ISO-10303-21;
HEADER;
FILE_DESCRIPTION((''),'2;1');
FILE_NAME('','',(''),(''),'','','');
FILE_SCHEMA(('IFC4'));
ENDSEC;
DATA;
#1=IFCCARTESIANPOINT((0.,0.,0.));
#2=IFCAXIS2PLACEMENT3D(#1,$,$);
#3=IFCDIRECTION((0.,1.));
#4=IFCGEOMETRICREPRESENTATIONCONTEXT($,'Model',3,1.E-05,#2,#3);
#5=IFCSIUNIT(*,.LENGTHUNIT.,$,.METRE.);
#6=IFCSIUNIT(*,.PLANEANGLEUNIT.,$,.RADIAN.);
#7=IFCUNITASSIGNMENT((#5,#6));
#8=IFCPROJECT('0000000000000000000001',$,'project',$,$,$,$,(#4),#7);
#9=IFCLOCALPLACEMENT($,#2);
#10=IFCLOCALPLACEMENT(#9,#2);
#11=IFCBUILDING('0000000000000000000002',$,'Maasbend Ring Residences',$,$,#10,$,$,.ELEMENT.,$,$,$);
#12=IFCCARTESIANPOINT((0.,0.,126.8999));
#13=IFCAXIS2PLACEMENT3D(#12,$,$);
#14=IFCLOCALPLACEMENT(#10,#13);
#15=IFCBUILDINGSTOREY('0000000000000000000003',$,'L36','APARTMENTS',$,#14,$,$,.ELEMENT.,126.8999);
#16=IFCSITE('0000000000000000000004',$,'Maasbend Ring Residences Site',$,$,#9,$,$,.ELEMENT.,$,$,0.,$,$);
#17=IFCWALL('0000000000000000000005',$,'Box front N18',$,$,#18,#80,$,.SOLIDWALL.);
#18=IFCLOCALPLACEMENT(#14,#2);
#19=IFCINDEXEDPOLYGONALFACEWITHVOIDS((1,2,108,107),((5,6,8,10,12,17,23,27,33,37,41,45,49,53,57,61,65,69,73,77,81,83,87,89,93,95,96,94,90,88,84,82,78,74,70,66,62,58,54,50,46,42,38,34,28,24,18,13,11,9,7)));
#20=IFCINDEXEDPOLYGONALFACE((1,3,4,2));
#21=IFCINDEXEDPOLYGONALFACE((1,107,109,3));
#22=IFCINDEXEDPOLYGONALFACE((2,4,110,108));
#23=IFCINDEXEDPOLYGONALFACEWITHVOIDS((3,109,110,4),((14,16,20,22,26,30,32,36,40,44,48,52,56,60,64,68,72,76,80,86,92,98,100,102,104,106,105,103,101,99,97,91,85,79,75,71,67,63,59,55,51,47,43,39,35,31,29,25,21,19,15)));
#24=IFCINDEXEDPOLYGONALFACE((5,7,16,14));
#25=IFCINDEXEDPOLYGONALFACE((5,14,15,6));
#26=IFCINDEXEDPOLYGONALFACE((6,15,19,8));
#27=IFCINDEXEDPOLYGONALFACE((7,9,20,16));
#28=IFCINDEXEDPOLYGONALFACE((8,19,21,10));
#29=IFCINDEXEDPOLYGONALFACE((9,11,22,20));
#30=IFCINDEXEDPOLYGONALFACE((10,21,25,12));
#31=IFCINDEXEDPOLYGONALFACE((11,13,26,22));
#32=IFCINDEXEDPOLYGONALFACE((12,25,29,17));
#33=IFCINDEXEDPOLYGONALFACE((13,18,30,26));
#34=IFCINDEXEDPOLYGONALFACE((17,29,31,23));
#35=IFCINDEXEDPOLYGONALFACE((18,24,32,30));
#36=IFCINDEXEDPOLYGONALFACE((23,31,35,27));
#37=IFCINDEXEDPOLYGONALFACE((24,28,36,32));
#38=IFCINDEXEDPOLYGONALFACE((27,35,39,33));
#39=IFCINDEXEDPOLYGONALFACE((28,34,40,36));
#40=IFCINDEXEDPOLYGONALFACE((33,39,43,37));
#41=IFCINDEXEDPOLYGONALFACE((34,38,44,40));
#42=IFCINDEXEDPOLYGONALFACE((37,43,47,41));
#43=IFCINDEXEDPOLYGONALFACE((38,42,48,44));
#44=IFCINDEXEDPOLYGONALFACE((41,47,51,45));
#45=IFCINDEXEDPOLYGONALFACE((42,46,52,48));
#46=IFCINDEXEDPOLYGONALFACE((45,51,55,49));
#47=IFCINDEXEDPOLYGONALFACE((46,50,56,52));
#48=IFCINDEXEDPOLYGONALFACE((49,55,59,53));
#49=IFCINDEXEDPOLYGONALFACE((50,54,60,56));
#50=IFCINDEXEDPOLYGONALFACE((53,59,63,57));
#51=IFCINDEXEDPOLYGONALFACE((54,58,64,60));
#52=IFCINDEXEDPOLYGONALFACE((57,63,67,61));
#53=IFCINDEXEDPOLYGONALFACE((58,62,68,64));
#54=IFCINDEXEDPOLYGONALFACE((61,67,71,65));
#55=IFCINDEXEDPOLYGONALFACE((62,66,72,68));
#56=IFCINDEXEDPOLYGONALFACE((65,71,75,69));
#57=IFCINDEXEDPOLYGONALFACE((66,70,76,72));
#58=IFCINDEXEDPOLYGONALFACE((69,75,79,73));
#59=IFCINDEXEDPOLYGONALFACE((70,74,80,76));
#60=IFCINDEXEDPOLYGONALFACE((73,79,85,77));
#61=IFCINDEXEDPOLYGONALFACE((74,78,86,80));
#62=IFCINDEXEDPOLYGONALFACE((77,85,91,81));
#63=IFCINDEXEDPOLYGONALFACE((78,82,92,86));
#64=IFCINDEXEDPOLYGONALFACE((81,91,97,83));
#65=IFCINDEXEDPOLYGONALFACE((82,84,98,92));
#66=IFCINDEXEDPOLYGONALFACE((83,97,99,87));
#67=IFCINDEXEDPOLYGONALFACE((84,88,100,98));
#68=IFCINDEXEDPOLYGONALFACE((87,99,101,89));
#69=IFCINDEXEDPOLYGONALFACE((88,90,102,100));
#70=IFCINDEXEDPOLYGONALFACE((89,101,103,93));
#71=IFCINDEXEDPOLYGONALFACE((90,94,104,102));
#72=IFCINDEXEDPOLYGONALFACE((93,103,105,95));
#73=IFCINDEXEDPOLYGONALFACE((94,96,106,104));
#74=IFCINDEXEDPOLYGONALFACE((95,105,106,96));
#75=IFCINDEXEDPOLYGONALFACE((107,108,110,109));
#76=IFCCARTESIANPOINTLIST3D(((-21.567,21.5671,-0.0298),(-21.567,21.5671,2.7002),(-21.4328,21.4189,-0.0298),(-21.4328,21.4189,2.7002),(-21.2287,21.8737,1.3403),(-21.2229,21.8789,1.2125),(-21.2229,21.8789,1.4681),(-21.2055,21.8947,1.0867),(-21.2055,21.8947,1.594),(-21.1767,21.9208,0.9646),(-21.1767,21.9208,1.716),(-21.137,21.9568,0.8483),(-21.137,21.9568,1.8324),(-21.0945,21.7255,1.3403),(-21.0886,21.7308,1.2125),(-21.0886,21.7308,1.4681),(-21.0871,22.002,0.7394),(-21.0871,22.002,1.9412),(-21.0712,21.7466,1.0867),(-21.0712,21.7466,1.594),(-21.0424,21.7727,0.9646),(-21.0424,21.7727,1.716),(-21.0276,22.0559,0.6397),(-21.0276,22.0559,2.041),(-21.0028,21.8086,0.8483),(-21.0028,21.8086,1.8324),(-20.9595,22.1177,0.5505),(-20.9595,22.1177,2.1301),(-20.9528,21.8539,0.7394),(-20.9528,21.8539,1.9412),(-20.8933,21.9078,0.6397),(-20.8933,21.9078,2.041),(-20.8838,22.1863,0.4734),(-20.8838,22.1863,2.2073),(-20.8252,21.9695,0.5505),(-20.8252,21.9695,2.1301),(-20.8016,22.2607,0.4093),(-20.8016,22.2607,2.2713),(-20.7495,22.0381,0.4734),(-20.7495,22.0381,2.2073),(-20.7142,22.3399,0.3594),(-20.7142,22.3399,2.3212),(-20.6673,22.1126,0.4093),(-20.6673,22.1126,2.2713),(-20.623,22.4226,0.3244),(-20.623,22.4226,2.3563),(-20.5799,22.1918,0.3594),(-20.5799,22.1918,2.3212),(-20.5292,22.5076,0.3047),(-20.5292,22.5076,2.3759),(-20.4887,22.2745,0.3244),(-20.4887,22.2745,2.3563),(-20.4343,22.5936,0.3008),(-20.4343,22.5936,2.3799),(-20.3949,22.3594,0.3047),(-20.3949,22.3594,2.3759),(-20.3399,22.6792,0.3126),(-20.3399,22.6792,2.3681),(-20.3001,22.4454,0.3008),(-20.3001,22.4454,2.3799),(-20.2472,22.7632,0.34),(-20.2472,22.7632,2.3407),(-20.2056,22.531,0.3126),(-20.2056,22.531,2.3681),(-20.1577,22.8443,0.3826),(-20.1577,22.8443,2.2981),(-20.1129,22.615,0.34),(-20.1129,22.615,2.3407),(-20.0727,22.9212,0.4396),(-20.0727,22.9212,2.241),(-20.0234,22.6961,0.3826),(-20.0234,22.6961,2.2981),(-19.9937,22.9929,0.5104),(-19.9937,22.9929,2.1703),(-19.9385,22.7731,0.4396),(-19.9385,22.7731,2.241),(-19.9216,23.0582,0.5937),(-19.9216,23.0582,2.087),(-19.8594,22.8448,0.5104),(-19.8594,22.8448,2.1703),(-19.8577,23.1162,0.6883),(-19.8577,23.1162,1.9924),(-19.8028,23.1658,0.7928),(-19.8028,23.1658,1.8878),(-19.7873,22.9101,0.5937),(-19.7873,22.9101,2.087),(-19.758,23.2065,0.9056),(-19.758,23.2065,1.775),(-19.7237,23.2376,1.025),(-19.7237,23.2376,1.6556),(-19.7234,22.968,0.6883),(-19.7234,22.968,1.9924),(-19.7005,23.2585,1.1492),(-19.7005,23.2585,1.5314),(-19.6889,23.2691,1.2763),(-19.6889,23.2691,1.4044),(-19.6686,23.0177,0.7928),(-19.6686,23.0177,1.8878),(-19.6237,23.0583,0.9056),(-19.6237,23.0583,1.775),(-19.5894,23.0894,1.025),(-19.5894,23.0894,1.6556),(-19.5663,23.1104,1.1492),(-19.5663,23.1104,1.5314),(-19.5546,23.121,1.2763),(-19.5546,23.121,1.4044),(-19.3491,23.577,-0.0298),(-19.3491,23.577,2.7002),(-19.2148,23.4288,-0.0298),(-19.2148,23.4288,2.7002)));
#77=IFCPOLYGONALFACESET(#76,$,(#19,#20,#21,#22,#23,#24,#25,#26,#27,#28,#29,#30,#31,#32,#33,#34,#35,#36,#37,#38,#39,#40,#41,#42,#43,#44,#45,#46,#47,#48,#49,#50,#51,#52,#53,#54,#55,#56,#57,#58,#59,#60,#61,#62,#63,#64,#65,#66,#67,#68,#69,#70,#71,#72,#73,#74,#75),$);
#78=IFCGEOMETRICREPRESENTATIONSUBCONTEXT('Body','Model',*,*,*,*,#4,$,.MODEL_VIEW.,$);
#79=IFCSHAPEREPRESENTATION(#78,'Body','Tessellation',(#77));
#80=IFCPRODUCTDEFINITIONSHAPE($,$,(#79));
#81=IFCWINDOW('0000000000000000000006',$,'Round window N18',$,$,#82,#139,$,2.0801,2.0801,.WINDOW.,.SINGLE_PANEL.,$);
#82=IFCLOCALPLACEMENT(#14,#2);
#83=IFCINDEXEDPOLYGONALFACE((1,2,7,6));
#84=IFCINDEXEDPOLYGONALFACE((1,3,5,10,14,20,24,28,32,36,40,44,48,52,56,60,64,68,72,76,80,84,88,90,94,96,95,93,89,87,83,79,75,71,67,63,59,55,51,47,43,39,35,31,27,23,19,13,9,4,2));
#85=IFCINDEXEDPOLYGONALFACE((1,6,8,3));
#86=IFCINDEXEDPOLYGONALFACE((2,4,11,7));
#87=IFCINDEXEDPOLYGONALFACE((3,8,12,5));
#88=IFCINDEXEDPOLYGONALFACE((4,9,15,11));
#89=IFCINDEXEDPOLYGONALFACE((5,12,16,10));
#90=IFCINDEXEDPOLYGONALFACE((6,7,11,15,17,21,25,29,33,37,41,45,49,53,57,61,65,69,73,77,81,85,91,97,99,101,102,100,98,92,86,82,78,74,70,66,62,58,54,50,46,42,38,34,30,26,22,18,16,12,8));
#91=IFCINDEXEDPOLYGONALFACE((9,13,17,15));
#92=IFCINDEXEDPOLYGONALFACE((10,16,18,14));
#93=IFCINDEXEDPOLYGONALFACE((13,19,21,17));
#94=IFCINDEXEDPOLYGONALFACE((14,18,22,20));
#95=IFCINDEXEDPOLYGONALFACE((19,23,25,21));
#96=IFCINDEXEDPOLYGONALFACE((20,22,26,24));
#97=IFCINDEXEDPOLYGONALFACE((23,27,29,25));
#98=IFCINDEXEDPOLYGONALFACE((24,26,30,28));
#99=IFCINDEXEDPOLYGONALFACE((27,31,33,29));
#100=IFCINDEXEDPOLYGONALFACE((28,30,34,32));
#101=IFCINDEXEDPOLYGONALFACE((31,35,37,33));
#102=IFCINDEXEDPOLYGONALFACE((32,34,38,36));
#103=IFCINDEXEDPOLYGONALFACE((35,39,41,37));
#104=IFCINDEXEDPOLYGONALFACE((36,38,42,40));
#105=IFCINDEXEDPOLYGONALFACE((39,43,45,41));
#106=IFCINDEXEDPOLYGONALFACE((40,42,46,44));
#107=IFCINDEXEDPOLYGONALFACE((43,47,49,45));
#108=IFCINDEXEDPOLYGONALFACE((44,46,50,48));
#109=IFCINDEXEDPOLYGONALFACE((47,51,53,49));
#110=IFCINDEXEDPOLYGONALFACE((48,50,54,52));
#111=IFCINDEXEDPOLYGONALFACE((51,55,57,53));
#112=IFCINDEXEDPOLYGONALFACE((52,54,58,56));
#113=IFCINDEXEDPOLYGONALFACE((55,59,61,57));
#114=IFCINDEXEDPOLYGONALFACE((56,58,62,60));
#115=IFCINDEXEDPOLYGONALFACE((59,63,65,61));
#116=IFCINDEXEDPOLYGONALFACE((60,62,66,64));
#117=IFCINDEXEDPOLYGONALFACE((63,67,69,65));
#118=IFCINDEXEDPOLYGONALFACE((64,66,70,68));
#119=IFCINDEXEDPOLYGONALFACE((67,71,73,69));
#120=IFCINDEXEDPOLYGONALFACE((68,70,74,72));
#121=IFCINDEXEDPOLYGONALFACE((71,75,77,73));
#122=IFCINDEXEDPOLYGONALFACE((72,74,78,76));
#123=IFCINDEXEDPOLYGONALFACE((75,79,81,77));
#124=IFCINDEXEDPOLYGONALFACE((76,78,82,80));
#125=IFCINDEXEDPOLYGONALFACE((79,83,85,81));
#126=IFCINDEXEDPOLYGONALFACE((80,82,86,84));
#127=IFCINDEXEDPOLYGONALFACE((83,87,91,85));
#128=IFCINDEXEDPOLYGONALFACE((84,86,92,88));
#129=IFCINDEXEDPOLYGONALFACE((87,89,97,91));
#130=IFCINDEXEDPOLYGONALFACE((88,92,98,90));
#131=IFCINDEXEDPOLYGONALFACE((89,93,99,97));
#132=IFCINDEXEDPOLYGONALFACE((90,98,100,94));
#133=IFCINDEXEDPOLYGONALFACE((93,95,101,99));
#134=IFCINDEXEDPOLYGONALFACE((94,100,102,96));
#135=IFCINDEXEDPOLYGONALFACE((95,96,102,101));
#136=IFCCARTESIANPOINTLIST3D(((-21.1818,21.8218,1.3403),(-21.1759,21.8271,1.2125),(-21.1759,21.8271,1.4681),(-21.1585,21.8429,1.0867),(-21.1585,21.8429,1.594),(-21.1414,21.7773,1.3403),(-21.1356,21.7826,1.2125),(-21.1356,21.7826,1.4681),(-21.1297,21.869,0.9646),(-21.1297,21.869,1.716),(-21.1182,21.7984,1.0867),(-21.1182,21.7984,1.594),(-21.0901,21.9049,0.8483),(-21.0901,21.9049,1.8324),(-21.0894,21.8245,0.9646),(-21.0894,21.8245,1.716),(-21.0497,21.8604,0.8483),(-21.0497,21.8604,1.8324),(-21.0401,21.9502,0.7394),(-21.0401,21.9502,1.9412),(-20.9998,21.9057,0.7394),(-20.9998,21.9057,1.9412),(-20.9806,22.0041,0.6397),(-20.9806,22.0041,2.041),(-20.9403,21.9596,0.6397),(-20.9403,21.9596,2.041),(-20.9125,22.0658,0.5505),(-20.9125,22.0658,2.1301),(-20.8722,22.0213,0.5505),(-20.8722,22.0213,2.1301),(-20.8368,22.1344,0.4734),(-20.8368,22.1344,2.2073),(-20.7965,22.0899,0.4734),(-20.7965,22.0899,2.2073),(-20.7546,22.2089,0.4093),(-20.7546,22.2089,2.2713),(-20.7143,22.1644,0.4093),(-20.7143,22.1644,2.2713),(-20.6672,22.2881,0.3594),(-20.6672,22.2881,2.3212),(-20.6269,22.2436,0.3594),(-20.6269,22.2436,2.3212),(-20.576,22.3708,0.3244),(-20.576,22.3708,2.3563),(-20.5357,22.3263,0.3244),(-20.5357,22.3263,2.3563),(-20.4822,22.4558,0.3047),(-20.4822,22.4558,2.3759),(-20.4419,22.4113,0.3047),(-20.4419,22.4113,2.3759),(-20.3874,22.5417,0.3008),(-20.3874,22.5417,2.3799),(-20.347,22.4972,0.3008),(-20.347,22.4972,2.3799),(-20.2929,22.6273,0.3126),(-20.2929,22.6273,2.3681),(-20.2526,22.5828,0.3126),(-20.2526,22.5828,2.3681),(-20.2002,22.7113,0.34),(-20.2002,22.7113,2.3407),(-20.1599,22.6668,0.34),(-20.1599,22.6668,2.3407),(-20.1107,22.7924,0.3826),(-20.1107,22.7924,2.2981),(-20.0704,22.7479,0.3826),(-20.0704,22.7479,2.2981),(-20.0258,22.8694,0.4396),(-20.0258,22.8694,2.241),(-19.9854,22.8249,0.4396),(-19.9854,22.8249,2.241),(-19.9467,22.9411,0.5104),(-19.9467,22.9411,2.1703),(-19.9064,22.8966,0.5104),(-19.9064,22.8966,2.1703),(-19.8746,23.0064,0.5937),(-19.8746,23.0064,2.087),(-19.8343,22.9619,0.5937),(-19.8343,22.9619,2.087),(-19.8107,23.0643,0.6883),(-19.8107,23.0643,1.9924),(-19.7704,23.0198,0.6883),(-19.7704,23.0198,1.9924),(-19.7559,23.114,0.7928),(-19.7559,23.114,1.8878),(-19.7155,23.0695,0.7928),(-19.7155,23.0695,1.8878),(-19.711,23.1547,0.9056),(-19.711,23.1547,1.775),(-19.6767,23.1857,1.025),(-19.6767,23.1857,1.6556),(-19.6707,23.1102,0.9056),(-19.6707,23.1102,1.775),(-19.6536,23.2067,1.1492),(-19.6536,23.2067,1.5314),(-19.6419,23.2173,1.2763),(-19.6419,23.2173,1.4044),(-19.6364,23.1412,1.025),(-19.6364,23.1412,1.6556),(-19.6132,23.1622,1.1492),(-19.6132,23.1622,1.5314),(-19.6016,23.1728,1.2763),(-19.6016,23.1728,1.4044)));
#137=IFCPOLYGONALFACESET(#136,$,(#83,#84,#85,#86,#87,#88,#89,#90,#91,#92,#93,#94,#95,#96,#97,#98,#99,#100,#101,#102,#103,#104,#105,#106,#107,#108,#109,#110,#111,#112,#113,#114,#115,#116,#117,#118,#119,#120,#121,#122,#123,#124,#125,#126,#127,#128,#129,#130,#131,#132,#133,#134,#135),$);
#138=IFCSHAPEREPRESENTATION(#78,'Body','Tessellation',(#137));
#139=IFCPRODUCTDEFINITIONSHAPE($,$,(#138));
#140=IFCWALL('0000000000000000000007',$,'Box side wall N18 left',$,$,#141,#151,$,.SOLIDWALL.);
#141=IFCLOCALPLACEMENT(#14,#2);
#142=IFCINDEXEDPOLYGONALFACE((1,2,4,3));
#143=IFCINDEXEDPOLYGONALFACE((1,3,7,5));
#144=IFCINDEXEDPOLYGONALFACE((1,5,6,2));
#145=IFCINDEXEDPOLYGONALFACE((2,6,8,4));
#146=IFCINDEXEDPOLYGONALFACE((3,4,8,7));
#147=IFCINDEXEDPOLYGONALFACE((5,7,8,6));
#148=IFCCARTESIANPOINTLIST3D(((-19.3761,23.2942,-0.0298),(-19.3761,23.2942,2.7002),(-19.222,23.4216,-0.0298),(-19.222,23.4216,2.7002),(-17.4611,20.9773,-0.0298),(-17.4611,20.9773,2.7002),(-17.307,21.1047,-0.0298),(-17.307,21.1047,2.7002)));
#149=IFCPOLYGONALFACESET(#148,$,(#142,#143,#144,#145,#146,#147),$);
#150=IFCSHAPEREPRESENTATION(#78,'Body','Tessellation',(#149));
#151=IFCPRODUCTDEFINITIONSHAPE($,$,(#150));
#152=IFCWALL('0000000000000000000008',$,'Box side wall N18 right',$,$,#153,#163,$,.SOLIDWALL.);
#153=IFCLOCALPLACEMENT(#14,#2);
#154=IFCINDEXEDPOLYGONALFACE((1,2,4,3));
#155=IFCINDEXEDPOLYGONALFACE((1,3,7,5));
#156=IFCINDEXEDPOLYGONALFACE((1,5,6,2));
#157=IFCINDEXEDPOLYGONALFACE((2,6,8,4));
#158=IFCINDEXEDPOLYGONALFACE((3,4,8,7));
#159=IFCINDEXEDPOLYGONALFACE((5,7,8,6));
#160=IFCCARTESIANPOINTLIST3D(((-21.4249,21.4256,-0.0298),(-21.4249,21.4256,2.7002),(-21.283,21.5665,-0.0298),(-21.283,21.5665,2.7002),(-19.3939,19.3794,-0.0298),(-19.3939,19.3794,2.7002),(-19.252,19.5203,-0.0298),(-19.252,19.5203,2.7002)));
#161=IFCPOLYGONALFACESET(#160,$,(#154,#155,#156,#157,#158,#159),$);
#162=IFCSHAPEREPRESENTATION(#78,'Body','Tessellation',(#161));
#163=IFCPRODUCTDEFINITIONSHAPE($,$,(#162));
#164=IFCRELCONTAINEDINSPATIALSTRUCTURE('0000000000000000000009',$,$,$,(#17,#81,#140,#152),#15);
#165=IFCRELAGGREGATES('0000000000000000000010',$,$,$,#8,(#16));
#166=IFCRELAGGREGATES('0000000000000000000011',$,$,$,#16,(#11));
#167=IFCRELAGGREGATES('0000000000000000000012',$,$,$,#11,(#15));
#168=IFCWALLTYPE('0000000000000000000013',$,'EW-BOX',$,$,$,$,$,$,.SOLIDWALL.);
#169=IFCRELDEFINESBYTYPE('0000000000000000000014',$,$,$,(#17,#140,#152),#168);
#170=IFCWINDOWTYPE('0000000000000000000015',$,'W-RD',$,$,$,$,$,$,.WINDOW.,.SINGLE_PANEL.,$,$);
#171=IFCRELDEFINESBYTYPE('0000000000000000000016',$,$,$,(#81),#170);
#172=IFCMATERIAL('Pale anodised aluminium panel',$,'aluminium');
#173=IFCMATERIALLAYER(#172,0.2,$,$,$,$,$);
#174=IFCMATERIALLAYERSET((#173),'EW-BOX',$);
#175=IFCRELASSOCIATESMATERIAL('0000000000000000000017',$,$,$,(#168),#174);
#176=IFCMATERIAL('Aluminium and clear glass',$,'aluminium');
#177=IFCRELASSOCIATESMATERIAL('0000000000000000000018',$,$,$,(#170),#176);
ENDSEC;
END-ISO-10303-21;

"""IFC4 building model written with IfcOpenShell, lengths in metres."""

from ifc_helpers import new_model, si_unit, direction, frame, frame_2d, origin, place, context, subcontext, project, spatial, rectangle, circle, extrude, material, layer, layer_set, type_object, element, fill, save


model = new_model("IFC4")

# Units and contexts
model_context = context("Model", 3, precision=1e-05, world=origin(), true_north=direction((0.0, 1.0)))
body_context = subcontext(model_context, "Body", "Model", "MODEL_VIEW")
ifc_project = project(units=[si_unit("LENGTHUNIT", "METRE"), si_unit("PLANEANGLEUNIT", "RADIAN")], contexts=[model_context])

# Site, building, storey
site_placement = place(None, origin())
site = spatial("IfcSite", under=ifc_project, at=site_placement, Name="Maasbend Ring Residences Site", CompositionType="ELEMENT", RefElevation=0.0)
building_placement = place(site_placement, origin())
building = spatial("IfcBuilding", under=site, at=building_placement, Name="Maasbend Ring Residences", CompositionType="ELEMENT")
storey_placement = place(building_placement, frame((0.0, 0.0, 126.8999)))
storey = spatial("IfcBuildingStorey", under=building, at=storey_placement, Name="L36", Description="APARTMENTS", CompositionType="ELEMENT", Elevation=126.8999)

# Wall, opening, window
ifc_material_1 = material(Name="Pale anodised aluminium panel", Category="aluminium")
ifc_layer_1 = layer(ifc_material_1, 0.2)
ifc_layer_set_1 = layer_set([ifc_layer_1], Name="EW-BOX")
wall_type_1 = type_object("IfcWallType", Name="EW-BOX", PredefinedType="SOLIDWALL", material=ifc_layer_set_1)
wall_1_placement = place(storey_placement, frame((-19.282, 23.5029, -0.0298), z_axis=(0.0, 0.0, 1.0), x_axis=(-0.740998, -0.671507, 0.0)))
wall_1 = element("IfcWall", 1, at=wall_1_placement, inside=storey, type_object=wall_type_1, Name="Box front N18", PredefinedType="SOLIDWALL", context=body_context, shape_type="SweptSolid", body=[
    extrude(rectangle(XDim=2.9932, YDim=0.2, at=frame_2d((1.4966, 0.0))), origin(), (0.0, 0.0, 1.0), 2.73),
])
opening_1_placement = place(wall_1_placement, frame((0.4565, 0.0, 0.3301)))
opening_1 = element("IfcOpeningElement", 2, at=opening_1_placement, cuts=wall_1, PredefinedType="OPENING", context=body_context, shape_type="SweptSolid", body=[
    extrude(circle(Radius=1.04, at=frame_2d((1.04, 1.04))), frame((0.0, 0.1099, 0.0), z_axis=(0.0, -1.0, 0.0), x_axis=(1.0, 0.0, 0.0)), (0.0, 0.0, 1.0), 0.22),
])
ifc_material_2 = material(Name="Aluminium and clear glass", Category="aluminium")
window_type_1 = type_object("IfcWindowType", Name="W-RD", PartitioningType="SINGLE_PANEL", PredefinedType="WINDOW", material=ifc_material_2)
window_1_placement = place(opening_1_placement, origin())
window_1 = element("IfcWindow", 3, at=window_1_placement, inside=storey, type_object=window_type_1, Name="Round window N18", OverallHeight=2.0801, OverallWidth=2.0801, PartitioningType="SINGLE_PANEL", PredefinedType="WINDOW", context=body_context, shape_type="SweptSolid", body=[
    extrude(circle(Radius=1.04, at=frame_2d((1.04, 1.04))), frame((0.0, 0.03, 0.0), z_axis=(0.0, -1.0, 0.0), x_axis=(1.0, 0.0, 0.0)), (0.0, 0.0, 1.0), 0.0601),
])
fill(opening_1, window_1)

# Walls
wall_2_placement = place(storey_placement, frame((-17.384, 21.041, -0.0298), z_axis=(0.0, 0.0, 1.0), x_axis=(-0.637096, 0.770785, 0.0)))
element("IfcWall", 4, at=wall_2_placement, inside=storey, type_object=wall_type_1, Name="Box side wall N18 left", PredefinedType="SOLIDWALL", context=body_context, shape_type="SweptSolid", body=[
    extrude(rectangle(XDim=3.0059, YDim=0.2, at=frame_2d((1.5029, 0.0))), origin(), (0.0, 0.0, 1.0), 2.73),
])
wall_3_placement = place(storey_placement, frame((-19.323, 19.45, -0.0298), z_axis=(0.0, 0.0, 1.0), x_axis=(-0.704477, 0.709727, 0.0)))
element("IfcWall", 5, at=wall_3_placement, inside=storey, type_object=wall_type_1, Name="Box side wall N18 right", PredefinedType="SOLIDWALL", context=body_context, shape_type="SweptSolid", body=[
    extrude(rectangle(XDim=2.8831, YDim=0.2, at=frame_2d((1.4414, 0.0))), origin(), (0.0, 0.0, 1.0), 2.73),
])

save(model, "model.ifc")
